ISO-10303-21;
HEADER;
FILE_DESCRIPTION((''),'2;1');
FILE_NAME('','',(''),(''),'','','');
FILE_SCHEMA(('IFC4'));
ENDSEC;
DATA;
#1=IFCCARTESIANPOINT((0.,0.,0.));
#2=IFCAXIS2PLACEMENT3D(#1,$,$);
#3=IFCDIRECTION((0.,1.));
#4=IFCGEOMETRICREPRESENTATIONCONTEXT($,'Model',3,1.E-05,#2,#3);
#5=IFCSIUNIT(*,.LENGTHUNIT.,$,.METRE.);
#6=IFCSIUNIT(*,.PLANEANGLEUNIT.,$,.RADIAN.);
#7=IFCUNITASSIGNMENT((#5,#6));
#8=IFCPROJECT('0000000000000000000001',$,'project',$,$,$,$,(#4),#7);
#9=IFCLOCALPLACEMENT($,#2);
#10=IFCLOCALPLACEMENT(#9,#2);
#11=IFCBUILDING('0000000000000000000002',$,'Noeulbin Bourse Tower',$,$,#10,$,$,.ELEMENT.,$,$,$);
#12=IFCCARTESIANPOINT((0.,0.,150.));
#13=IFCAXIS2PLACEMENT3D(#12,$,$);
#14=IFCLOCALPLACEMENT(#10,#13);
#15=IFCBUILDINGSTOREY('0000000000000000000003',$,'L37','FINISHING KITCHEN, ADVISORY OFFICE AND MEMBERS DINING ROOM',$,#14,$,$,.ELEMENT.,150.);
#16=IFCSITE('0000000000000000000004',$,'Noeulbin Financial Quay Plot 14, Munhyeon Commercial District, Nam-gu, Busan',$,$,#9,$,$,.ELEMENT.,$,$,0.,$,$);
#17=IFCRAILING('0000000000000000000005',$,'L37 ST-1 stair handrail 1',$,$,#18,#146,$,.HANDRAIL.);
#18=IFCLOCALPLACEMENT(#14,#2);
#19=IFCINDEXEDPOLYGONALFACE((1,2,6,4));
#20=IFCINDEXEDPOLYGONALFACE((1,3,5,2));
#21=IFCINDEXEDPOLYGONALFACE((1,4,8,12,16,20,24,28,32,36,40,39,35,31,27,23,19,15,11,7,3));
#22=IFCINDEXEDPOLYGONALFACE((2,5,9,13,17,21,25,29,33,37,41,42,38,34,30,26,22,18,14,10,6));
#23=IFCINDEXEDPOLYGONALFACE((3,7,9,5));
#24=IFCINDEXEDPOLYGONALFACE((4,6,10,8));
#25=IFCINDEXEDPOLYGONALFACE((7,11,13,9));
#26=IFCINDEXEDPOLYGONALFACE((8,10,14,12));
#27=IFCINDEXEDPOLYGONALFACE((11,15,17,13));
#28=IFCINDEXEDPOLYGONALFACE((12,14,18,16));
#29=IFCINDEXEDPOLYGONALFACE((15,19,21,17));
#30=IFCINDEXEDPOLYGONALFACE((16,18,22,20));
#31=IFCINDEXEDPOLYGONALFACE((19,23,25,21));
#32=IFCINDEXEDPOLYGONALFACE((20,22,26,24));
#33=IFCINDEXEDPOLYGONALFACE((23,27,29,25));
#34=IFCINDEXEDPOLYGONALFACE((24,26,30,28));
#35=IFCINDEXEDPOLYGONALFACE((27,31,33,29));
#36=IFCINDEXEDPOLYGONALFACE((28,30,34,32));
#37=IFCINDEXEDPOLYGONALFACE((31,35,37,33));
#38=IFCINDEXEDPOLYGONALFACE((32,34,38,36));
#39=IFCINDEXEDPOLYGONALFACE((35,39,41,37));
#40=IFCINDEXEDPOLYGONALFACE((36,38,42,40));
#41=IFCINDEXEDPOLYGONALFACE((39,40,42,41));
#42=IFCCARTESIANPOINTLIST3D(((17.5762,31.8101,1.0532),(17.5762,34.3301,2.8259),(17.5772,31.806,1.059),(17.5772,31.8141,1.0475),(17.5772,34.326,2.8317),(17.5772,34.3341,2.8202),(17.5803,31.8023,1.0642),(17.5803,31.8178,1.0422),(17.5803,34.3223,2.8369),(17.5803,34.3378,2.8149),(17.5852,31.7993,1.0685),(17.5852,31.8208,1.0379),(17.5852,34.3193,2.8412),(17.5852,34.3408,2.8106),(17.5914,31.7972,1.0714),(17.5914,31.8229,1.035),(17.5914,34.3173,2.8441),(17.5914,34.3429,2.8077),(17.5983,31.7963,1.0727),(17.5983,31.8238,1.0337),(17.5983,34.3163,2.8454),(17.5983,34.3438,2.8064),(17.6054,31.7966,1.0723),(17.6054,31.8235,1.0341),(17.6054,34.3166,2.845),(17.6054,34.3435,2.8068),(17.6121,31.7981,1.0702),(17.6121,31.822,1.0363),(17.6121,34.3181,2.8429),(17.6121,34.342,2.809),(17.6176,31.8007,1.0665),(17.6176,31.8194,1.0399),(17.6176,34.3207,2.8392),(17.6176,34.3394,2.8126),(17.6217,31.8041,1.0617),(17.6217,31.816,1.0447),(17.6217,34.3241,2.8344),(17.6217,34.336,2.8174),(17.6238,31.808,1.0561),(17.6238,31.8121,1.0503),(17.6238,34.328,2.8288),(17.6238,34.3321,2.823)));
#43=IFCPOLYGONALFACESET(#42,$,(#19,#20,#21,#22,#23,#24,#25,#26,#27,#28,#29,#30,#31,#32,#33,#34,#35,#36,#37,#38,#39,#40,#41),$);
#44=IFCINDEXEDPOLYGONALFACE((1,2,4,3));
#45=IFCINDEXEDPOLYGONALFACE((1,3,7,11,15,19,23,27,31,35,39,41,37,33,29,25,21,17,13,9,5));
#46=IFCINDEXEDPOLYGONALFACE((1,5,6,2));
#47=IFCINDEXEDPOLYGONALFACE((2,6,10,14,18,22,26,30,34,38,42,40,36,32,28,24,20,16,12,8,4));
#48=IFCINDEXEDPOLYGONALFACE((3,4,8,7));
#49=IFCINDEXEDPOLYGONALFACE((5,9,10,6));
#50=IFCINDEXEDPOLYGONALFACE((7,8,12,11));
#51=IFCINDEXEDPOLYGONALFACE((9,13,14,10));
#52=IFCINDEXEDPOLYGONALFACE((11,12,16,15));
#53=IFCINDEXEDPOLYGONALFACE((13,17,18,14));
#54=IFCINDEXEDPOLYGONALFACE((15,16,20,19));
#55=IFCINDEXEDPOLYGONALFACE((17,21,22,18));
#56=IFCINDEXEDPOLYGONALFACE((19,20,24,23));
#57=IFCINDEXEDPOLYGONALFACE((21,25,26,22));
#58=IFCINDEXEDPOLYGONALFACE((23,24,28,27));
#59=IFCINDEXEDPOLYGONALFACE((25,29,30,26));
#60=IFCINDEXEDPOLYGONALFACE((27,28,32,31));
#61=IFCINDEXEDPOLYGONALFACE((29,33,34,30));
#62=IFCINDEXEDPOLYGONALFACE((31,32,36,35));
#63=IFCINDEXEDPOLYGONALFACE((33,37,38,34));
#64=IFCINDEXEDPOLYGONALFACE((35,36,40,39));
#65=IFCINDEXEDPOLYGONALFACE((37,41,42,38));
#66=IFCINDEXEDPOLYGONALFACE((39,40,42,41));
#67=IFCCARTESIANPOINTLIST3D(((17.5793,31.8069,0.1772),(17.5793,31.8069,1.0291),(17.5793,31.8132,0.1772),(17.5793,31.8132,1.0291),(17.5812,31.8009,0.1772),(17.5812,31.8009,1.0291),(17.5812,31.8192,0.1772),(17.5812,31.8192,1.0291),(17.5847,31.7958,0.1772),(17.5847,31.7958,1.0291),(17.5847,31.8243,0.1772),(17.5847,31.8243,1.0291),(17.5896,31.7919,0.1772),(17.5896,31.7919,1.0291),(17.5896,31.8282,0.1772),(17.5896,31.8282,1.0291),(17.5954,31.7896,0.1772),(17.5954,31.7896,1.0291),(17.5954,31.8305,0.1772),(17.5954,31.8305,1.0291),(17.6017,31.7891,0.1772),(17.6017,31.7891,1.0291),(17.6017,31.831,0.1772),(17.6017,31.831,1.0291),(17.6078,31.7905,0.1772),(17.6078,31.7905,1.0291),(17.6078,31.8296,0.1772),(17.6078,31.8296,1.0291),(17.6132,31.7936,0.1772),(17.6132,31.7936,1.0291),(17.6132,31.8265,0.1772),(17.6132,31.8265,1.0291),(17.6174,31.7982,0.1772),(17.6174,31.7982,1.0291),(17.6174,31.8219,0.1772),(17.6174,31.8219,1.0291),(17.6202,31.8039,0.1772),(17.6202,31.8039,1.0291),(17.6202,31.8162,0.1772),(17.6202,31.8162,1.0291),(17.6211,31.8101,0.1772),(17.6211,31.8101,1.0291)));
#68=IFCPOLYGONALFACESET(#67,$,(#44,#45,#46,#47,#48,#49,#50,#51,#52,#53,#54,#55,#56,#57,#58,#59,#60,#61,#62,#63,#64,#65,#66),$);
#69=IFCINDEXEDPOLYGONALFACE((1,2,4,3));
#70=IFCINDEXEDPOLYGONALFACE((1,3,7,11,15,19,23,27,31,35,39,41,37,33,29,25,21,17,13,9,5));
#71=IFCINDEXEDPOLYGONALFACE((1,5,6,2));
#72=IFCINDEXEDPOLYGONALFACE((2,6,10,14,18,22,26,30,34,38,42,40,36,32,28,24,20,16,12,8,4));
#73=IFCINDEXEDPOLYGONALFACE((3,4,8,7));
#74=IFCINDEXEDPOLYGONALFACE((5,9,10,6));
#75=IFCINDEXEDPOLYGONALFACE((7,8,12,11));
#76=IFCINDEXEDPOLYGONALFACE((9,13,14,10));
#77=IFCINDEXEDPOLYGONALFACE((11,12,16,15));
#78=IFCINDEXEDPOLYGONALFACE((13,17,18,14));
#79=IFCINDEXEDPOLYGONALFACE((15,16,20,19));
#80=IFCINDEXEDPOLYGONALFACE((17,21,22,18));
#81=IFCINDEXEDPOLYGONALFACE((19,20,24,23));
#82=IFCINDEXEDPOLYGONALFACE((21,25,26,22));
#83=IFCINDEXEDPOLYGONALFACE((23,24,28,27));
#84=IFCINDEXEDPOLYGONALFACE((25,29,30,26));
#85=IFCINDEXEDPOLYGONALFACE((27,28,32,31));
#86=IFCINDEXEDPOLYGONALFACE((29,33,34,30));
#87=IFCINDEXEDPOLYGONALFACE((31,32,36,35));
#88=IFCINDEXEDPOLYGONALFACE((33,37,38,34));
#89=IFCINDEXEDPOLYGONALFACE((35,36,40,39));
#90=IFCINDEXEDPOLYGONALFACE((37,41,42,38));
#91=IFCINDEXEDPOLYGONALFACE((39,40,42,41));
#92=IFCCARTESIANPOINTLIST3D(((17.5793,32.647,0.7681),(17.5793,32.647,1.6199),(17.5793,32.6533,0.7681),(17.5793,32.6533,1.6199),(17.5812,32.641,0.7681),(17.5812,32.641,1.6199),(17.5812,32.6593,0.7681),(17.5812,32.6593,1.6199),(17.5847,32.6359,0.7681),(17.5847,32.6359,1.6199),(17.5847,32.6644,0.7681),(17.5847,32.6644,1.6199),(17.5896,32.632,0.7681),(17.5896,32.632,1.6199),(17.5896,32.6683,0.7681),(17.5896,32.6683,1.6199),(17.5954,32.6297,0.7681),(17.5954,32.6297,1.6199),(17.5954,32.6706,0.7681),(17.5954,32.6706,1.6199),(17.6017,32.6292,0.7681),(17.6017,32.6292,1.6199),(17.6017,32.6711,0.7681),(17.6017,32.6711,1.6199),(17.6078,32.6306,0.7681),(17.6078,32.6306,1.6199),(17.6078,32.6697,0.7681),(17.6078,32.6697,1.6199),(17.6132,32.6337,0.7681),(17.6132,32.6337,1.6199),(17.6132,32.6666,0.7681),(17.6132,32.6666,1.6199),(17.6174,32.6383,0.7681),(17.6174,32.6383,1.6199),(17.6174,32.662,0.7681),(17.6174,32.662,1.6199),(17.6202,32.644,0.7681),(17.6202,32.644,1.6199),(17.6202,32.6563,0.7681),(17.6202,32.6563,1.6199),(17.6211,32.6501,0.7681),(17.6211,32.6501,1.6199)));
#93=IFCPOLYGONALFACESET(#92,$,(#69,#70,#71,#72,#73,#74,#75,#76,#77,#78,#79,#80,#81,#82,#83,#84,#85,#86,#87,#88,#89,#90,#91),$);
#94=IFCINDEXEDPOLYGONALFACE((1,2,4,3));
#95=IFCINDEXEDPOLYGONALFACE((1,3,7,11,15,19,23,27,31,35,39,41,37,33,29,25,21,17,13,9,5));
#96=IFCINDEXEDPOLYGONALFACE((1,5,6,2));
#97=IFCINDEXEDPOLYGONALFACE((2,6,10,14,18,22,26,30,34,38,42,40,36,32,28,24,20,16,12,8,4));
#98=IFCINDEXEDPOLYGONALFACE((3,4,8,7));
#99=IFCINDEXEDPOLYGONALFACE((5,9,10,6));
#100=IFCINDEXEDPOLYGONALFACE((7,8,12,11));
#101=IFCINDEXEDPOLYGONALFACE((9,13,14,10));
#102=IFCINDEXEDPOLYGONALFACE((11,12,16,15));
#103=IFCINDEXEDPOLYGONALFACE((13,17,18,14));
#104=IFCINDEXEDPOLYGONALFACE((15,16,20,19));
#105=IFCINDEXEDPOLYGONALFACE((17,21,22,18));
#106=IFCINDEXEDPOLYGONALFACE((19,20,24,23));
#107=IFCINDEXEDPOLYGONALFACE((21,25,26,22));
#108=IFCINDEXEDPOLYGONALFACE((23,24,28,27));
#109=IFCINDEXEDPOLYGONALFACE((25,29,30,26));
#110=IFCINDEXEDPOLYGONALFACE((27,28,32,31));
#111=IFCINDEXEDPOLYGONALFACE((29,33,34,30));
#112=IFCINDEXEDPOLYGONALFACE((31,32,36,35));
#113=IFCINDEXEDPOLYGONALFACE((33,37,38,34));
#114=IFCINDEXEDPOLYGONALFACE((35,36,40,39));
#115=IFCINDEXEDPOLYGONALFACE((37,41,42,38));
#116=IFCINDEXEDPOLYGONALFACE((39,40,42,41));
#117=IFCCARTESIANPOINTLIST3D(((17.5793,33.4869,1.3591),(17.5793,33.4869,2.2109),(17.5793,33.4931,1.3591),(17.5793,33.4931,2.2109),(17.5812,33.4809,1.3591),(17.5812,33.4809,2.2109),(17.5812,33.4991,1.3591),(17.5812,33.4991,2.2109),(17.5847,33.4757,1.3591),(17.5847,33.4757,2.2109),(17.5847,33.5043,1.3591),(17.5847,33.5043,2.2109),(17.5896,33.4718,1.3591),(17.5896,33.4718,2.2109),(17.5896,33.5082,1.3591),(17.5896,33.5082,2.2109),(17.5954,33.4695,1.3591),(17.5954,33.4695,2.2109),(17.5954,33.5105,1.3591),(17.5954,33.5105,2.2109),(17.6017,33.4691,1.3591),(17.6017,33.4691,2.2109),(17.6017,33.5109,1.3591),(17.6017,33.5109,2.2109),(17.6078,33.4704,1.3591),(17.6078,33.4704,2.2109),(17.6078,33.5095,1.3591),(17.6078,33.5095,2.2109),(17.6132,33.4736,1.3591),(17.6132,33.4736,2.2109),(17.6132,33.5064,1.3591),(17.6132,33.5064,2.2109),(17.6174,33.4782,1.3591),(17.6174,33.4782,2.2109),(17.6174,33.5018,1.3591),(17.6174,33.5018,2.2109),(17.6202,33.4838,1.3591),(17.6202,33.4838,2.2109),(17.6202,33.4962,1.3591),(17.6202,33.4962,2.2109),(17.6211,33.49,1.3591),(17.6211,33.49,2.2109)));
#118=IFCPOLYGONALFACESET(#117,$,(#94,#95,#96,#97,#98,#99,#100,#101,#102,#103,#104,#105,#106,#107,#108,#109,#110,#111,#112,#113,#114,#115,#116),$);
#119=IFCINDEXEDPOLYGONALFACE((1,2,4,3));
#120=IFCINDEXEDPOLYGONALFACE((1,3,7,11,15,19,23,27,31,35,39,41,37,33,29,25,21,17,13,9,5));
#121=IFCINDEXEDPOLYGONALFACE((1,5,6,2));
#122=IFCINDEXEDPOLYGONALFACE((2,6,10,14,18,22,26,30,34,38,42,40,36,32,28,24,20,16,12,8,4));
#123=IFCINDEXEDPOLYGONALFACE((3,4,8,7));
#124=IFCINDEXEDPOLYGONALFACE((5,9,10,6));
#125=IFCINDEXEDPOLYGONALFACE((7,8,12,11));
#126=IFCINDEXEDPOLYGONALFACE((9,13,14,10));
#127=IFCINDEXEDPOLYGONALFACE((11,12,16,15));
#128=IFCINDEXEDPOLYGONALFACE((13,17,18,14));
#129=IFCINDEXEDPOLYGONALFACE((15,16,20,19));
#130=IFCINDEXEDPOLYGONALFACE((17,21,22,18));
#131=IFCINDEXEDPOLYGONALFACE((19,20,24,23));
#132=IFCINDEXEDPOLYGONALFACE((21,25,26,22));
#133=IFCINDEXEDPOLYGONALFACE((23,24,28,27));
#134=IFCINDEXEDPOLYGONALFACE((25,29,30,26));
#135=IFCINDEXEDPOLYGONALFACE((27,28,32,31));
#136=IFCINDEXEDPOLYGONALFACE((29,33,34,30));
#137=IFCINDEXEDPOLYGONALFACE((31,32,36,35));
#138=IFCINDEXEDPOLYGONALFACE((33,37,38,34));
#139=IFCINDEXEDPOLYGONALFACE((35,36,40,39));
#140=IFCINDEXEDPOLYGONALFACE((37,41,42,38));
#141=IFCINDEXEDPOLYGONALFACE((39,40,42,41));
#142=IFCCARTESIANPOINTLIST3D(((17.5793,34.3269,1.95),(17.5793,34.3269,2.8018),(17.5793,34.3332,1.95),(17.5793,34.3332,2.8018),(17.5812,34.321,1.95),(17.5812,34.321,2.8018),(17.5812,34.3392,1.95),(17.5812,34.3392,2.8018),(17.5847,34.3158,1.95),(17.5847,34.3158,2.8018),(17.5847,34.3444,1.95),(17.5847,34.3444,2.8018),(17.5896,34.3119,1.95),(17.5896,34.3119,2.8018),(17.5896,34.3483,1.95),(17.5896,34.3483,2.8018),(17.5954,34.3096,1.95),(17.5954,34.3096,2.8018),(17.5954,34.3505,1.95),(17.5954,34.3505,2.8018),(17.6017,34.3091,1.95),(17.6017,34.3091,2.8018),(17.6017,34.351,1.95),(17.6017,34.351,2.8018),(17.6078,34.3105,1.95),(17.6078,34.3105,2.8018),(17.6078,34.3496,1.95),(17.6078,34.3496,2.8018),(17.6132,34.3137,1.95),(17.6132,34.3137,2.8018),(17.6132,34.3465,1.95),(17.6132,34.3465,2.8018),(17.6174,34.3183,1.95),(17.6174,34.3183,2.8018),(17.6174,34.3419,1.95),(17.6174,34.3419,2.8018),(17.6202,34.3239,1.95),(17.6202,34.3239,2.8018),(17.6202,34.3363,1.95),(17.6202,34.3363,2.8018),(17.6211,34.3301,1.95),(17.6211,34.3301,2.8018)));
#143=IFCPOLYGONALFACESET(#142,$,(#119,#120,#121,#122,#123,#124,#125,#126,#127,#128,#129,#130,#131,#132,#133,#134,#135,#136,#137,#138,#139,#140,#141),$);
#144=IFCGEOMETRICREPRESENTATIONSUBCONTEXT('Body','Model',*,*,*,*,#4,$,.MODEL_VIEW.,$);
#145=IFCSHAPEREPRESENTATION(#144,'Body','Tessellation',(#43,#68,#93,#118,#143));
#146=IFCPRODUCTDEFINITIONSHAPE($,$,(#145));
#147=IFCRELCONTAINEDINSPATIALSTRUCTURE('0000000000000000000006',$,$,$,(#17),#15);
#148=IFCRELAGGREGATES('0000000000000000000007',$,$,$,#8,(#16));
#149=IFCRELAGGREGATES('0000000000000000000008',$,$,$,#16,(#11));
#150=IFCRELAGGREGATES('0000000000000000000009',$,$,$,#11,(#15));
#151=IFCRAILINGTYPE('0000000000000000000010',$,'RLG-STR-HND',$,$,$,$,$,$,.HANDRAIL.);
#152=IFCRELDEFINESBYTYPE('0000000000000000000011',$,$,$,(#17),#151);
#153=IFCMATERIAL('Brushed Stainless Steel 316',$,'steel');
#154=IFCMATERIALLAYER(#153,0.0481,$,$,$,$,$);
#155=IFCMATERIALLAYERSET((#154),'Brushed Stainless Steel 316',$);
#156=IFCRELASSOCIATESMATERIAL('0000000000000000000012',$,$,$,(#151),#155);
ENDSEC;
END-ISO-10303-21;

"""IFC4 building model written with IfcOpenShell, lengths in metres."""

from ifc_helpers import new_model, si_unit, direction, frame, origin, origin_2d, place, context, subcontext, project, spatial, circle, extrude, material, layer, layer_set, type_object, element, save


model = new_model("IFC4")

# Units and contexts
model_context = context("Model", 3, precision=1e-05, world=origin(), true_north=direction((0.0, 1.0)))
body_context = subcontext(model_context, "Body", "Model", "MODEL_VIEW")
ifc_project = project(units=[si_unit("LENGTHUNIT", "METRE"), si_unit("PLANEANGLEUNIT", "RADIAN")], contexts=[model_context])

# Site, building, storey
site_placement = place(None, origin())
site = spatial("IfcSite", under=ifc_project, at=site_placement, Name="Noeulbin Financial Quay Plot 14, Munhyeon Commercial District, Nam-gu, Busan", CompositionType="ELEMENT", RefElevation=0.0)
building_placement = place(site_placement, origin())
building = spatial("IfcBuilding", under=site, at=building_placement, Name="Noeulbin Bourse Tower", CompositionType="ELEMENT")
storey_placement = place(building_placement, frame((0.0, 0.0, 150.0)))
storey = spatial("IfcBuildingStorey", under=building, at=storey_placement, Name="L37", Description="FINISHING KITCHEN, ADVISORY OFFICE AND MEMBERS DINING ROOM", CompositionType="ELEMENT", Elevation=150.0)

# Shared definitions
ifc_material_1 = material(Name="Brushed Stainless Steel 316", Category="steel")

# Railing
ifc_layer_1 = layer(ifc_material_1, 0.0481)
ifc_layer_set_1 = layer_set([ifc_layer_1], Name="Brushed Stainless Steel 316")
railing_type_1 = type_object("IfcRailingType", Name="RLG-STR-HND", PredefinedType="HANDRAIL", material=ifc_layer_set_1)
railing_1_placement = place(storey_placement, frame((17.6001, 31.8101, 0.1772)))
element("IfcRailing", 1, at=railing_1_placement, inside=storey, type_object=railing_type_1, Name="L37 ST-1 stair handrail 1", PredefinedType="HANDRAIL", context=body_context, shape_type="SweptSolid", body=[
    extrude(circle(Radius=0.0239, at=origin_2d()), frame((0.0, 0.0, 0.876), z_axis=(0.0, 0.817904, 0.575354), x_axis=(-1.0, 0.0, 0.0)), (0.0, 0.0, 1.0), 3.0811),
    extrude(circle(Radius=0.021, at=origin_2d()), origin(), (0.0, 0.0, 1.0), 0.8518),
    extrude(circle(Radius=0.021, at=origin_2d()), frame((0.0, 0.8401, 0.5908)), (0.0, 0.0, 1.0), 0.8518),
    extrude(circle(Radius=0.021, at=origin_2d()), frame((0.0, 1.6799, 1.1819)), (0.0, 0.0, 1.0), 0.8518),
    extrude(circle(Radius=0.021, at=origin_2d()), frame((0.0, 2.52, 1.7727)), (0.0, 0.0, 1.0), 0.8518),
])

save(model, "model.ifc")
